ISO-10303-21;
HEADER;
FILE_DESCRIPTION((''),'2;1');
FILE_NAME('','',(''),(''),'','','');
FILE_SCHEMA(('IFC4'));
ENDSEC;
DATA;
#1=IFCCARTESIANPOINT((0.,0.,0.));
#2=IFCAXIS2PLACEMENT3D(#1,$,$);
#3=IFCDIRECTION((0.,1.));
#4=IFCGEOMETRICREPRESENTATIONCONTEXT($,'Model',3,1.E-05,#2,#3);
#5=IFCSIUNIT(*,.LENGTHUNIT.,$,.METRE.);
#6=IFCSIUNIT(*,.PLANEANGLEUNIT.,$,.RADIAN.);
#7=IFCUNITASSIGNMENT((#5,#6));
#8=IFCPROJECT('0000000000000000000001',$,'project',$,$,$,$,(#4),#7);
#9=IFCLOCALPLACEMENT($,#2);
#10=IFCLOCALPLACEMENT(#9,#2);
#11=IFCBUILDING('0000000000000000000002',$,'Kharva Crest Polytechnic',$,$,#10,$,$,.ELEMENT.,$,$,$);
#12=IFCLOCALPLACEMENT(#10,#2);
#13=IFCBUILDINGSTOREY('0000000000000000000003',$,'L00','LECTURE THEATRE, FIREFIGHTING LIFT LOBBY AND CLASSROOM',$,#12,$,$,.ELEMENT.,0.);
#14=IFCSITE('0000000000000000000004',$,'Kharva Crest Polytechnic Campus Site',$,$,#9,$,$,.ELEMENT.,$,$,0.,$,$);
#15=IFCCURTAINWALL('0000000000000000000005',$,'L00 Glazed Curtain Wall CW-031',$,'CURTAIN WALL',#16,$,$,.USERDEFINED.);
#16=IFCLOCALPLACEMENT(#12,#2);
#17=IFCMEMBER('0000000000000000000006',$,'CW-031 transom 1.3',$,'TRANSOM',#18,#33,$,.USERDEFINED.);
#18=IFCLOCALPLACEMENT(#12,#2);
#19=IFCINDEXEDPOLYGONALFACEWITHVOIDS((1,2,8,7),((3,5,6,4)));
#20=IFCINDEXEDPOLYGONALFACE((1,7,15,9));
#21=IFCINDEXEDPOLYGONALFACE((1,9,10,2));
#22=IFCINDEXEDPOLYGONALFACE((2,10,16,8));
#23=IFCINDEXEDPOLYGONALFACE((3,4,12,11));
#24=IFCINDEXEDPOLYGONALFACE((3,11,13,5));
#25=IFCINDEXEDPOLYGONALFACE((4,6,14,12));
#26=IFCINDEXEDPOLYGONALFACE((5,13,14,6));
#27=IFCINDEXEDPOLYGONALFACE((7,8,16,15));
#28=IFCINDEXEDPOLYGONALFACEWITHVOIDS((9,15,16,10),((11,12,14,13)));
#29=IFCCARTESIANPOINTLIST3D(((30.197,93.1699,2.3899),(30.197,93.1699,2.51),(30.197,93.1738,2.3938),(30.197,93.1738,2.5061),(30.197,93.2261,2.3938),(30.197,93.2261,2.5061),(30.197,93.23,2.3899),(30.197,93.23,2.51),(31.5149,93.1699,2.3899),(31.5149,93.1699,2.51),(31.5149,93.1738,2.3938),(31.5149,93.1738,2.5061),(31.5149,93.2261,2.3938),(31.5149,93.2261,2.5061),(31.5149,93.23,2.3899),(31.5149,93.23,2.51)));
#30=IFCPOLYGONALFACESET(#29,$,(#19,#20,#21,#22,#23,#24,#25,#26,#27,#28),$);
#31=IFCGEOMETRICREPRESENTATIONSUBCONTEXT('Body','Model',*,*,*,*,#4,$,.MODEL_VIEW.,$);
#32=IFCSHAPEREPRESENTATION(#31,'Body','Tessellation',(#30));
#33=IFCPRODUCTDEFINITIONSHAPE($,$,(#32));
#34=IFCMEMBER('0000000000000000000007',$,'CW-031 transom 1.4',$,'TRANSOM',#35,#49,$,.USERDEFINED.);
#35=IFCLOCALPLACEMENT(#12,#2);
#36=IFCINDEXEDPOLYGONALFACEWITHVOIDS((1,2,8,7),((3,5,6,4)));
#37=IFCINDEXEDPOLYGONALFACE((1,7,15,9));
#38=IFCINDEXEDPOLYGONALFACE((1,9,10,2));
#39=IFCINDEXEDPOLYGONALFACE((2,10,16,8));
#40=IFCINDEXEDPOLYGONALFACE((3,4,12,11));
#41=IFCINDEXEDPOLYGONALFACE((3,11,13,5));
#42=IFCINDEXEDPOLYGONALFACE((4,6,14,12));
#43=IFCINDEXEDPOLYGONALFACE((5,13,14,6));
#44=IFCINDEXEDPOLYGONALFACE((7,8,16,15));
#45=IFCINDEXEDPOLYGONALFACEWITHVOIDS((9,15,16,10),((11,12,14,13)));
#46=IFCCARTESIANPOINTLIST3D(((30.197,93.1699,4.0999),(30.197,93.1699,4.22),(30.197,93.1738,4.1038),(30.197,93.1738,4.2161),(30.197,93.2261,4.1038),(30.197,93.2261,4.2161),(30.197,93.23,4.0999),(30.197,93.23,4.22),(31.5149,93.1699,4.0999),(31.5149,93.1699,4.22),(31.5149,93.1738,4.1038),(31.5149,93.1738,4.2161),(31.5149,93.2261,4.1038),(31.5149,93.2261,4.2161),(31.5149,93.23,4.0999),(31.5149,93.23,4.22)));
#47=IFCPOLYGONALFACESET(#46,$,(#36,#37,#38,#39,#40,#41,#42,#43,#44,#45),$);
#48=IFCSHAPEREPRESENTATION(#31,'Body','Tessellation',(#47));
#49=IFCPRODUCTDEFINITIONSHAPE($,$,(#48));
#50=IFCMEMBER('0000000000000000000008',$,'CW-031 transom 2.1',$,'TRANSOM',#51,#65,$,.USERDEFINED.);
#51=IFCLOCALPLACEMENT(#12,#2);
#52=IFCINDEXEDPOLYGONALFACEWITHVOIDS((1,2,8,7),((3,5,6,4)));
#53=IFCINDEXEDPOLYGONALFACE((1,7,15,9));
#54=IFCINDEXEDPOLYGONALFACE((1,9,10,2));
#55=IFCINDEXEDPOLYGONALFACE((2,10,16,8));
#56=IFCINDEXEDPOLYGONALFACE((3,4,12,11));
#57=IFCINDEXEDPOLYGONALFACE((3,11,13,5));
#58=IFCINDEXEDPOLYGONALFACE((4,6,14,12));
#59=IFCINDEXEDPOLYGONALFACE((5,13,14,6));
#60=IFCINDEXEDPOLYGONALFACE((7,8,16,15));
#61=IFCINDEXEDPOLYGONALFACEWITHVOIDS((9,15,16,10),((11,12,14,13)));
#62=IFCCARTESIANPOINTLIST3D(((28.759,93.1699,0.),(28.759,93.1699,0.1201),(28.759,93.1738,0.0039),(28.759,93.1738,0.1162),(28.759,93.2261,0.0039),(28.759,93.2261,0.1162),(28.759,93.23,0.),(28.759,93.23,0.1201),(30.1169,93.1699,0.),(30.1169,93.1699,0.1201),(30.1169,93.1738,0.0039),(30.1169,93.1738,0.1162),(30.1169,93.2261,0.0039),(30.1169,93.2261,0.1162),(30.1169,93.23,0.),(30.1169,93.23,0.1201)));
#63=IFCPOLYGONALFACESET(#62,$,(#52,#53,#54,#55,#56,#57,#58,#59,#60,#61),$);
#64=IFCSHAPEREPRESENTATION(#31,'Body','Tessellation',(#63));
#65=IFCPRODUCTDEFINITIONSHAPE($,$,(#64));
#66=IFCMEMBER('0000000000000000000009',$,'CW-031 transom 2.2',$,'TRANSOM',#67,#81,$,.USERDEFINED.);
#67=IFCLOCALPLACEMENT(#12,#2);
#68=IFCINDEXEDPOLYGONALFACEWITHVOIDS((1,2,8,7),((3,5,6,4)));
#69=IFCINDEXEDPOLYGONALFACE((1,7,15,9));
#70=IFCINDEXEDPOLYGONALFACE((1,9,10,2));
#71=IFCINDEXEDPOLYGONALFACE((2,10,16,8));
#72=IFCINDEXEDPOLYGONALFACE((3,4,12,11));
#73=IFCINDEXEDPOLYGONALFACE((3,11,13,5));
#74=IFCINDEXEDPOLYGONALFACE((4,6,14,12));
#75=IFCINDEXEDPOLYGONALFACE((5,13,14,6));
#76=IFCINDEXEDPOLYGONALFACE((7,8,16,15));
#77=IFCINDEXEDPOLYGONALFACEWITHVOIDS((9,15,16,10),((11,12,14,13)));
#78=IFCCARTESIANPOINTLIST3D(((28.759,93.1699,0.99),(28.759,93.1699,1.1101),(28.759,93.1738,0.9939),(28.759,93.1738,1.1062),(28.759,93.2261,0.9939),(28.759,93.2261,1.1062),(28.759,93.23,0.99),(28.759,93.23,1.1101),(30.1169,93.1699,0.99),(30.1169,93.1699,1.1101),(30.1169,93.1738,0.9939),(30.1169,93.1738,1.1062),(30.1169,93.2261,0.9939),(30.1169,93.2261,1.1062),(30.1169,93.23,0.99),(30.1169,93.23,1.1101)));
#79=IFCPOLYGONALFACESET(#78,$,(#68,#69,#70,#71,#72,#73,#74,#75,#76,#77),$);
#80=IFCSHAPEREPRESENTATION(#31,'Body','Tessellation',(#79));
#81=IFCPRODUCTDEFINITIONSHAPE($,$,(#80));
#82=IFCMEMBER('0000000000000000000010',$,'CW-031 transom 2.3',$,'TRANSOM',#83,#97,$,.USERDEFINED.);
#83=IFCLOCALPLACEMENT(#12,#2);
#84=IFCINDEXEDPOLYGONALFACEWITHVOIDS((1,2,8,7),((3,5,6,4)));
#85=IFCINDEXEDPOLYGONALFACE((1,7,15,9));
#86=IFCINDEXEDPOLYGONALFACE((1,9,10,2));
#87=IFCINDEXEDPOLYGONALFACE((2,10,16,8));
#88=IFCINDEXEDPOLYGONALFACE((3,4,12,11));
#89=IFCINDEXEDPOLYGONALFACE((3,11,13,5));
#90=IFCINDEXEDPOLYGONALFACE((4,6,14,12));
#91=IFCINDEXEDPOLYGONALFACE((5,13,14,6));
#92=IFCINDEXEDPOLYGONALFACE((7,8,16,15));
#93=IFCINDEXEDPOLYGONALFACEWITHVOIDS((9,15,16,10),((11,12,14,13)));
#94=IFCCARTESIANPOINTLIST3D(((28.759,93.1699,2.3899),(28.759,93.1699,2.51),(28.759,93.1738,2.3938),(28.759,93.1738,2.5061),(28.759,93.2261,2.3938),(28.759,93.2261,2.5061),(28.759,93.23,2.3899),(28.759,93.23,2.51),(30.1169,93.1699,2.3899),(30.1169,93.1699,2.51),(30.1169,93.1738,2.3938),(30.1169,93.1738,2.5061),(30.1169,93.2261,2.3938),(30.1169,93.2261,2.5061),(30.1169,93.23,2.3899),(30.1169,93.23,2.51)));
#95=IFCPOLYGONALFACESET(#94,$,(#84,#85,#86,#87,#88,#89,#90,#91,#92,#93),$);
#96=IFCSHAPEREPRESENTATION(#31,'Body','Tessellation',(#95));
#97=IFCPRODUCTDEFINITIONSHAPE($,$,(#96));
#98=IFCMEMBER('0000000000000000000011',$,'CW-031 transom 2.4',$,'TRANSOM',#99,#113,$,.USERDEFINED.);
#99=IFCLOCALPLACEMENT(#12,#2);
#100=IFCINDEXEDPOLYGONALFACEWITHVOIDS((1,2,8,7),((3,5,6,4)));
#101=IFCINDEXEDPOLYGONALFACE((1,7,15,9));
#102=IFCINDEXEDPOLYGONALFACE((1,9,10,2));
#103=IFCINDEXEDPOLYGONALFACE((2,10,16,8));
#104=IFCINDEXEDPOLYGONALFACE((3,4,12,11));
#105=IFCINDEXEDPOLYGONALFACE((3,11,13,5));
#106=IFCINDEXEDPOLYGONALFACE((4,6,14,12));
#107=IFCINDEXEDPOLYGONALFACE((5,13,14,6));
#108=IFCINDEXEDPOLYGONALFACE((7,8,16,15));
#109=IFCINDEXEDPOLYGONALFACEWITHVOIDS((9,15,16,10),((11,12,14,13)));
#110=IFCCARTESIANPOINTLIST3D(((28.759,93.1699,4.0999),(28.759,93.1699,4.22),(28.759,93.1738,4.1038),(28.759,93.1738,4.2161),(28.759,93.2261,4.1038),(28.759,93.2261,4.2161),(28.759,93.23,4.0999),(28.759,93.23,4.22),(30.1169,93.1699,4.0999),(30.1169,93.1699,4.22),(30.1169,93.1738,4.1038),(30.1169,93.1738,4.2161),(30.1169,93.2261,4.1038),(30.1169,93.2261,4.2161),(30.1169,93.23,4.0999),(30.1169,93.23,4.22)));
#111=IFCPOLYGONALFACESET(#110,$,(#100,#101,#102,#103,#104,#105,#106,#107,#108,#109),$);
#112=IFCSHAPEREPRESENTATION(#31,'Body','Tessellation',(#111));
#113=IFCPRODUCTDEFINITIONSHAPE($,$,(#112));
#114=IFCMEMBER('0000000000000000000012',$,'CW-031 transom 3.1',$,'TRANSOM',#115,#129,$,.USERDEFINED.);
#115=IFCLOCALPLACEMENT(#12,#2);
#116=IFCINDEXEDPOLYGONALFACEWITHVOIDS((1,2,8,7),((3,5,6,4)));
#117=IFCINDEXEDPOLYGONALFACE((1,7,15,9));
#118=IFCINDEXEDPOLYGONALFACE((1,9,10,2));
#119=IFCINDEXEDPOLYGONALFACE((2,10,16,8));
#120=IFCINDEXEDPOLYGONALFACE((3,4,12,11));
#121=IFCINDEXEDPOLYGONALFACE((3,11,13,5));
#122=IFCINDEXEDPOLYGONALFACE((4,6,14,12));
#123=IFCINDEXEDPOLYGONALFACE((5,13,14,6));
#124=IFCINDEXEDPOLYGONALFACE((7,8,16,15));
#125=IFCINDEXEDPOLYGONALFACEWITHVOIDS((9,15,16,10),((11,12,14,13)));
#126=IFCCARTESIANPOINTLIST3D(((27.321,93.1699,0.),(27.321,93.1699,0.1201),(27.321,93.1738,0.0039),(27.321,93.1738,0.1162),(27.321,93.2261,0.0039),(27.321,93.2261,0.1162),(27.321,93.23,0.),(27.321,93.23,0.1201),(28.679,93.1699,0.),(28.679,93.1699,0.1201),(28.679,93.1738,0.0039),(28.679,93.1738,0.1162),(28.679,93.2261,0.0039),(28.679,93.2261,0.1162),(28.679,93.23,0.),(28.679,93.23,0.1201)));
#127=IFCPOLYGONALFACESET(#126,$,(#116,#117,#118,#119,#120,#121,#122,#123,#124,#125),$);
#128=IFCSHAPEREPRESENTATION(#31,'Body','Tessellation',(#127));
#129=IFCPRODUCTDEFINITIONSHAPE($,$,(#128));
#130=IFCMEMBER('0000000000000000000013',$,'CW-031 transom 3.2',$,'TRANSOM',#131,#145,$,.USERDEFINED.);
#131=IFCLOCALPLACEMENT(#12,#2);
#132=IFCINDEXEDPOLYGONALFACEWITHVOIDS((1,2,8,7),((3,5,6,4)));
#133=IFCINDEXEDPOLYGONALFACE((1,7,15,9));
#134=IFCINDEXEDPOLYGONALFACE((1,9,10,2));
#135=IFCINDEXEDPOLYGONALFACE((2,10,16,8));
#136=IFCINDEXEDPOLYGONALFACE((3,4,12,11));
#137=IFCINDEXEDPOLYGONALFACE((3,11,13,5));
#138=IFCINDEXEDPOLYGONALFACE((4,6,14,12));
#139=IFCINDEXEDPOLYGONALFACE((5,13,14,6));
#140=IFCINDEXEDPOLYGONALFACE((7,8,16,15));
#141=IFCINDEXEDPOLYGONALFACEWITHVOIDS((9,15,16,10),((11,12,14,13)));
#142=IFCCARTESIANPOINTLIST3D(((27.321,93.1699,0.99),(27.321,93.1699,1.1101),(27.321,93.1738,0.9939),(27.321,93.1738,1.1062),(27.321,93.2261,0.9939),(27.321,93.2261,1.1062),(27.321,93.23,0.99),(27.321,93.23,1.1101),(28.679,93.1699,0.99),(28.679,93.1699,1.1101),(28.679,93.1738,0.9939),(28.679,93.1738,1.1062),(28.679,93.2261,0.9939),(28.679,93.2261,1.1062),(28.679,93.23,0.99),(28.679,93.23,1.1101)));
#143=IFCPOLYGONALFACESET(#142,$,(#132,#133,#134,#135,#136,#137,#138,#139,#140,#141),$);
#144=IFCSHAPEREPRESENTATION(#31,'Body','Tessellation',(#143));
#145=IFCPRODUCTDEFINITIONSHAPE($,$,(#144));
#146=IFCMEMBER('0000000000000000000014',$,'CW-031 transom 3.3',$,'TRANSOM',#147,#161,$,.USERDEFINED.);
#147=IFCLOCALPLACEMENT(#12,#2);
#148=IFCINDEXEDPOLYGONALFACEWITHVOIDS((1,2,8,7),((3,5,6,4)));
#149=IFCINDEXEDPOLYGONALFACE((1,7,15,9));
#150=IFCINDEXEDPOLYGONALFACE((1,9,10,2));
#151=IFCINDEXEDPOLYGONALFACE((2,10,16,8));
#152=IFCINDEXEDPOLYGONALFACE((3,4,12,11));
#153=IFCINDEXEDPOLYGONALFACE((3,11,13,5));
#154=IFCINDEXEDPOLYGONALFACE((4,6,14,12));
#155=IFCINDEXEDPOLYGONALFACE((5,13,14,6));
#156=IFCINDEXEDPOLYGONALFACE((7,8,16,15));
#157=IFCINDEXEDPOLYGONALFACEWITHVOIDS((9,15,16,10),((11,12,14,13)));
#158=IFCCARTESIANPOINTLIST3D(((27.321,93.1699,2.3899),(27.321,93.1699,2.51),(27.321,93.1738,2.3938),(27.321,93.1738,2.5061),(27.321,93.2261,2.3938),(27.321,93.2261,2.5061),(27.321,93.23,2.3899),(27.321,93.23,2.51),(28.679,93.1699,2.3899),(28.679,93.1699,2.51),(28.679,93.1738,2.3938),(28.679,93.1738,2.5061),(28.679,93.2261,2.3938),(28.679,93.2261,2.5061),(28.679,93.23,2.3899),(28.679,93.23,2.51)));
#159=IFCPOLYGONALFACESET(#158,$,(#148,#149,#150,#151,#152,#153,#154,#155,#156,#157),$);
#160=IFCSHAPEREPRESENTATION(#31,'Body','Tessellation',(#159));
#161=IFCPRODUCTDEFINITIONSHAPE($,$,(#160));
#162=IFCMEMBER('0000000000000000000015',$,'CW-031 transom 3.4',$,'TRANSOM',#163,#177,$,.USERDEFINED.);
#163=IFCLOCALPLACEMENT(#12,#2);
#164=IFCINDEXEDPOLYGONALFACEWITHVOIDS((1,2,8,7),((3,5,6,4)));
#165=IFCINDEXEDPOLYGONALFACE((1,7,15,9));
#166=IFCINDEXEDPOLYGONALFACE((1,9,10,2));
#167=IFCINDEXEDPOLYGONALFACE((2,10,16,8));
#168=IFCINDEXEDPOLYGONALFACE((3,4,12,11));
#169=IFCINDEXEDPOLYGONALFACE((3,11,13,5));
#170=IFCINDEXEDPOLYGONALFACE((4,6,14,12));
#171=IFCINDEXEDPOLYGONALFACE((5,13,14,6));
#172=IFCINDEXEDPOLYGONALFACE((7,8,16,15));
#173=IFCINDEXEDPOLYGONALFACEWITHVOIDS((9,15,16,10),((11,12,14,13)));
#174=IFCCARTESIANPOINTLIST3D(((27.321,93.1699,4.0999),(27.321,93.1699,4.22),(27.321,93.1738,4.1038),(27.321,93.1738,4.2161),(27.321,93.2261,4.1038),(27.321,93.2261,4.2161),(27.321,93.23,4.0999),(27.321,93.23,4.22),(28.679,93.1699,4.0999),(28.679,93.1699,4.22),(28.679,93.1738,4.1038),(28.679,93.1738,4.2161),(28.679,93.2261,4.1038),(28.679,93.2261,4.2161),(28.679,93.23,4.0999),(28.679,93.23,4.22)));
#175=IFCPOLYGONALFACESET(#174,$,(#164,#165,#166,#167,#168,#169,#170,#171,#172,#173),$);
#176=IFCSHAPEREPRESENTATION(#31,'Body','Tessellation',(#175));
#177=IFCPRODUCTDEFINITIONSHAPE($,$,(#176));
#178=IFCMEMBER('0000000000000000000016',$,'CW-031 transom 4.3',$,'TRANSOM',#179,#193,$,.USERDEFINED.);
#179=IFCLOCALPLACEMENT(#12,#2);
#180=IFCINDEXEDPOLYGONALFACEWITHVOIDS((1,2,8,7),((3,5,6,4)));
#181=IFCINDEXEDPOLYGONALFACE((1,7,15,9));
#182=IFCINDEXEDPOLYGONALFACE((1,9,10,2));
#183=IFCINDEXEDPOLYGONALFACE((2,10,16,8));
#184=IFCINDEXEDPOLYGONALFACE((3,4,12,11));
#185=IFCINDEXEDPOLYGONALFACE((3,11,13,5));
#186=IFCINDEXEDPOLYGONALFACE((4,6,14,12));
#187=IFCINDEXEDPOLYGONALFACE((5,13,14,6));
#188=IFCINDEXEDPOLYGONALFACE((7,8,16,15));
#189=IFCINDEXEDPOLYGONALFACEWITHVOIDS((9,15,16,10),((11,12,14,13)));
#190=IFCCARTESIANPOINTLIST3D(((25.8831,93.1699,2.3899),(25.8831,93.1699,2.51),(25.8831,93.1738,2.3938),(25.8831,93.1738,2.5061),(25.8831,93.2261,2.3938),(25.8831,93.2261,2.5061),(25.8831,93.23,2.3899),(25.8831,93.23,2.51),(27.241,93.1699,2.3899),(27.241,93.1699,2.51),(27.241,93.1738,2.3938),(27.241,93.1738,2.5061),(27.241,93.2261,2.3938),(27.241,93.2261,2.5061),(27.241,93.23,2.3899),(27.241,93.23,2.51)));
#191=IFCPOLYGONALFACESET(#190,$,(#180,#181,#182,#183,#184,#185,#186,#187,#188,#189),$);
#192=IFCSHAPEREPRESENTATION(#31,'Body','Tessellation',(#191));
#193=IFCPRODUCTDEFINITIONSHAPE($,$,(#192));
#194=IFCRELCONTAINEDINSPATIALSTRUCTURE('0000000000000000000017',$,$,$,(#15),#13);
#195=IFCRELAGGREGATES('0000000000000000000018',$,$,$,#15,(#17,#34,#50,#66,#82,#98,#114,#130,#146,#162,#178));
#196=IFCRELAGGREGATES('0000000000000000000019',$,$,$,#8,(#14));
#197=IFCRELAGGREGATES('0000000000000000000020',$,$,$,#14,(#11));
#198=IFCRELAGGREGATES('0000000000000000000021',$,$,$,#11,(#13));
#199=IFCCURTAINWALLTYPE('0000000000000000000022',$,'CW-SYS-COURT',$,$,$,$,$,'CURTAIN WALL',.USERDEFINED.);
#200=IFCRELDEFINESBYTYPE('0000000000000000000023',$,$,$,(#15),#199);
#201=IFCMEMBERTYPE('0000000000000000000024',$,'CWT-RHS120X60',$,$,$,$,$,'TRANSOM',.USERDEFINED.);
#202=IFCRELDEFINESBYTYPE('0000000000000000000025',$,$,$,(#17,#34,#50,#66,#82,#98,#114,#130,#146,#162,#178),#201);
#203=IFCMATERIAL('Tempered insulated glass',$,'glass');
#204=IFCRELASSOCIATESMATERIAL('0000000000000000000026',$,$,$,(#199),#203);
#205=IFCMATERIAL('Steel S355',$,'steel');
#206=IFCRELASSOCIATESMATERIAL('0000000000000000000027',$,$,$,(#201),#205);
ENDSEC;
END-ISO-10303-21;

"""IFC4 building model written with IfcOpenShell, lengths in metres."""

from ifc_helpers import new_model, si_unit, direction, frame, origin, origin_2d, place, context, subcontext, project, spatial, hollow_rectangle, extrude, material, material_profile, profile_set, type_object, element, aggregate, save


model = new_model("IFC4")

# Units and contexts
model_context = context("Model", 3, precision=1e-05, world=origin(), true_north=direction((0.0, 1.0)))
body_context = subcontext(model_context, "Body", "Model", "MODEL_VIEW")
ifc_project = project(units=[si_unit("LENGTHUNIT", "METRE"), si_unit("PLANEANGLEUNIT", "RADIAN")], contexts=[model_context])

# Site, building, storey
site_placement = place(None, origin())
site = spatial("IfcSite", under=ifc_project, at=site_placement, Name="Kharva Crest Polytechnic Campus Site", CompositionType="ELEMENT", RefElevation=0.0)
building_placement = place(site_placement, origin())
building = spatial("IfcBuilding", under=site, at=building_placement, Name="Kharva Crest Polytechnic", CompositionType="ELEMENT")
storey_placement = place(building_placement, origin())
storey = spatial("IfcBuildingStorey", under=building, at=storey_placement, Name="L00", Description="LECTURE THEATRE, FIREFIGHTING LIFT LOBBY AND CLASSROOM", CompositionType="ELEMENT", Elevation=0.0)

# Curtain wall, members
ifc_material_1 = material(Name="Tempered insulated glass", Category="glass")
curtain_wall_type = type_object("IfcCurtainWallType", Name="CW-SYS-COURT", ElementType="CURTAIN WALL", PredefinedType="USERDEFINED", material=ifc_material_1)
curtain_wall_placement = place(storey_placement, origin())
curtain_wall = element("IfcCurtainWall", 1, at=curtain_wall_placement, inside=storey, type_object=curtain_wall_type, Name="L00 Glazed Curtain Wall CW-031", ObjectType="CURTAIN WALL", PredefinedType="USERDEFINED")
ifc_material_2 = material(Name="Steel S355", Category="steel")
ifc_material_profile_1 = material_profile(ifc_material_2, hollow_rectangle(XDim=0.0601, YDim=0.1201, WallThickness=0.0039, at=origin_2d()), Name="RHS 120X60X4.0")
ifc_profile_set_1 = profile_set([ifc_material_profile_1], Name="Steel S355")
member_type_1 = type_object("IfcMemberType", Name="CWT-RHS120X60", ElementType="TRANSOM", PredefinedType="USERDEFINED", material=ifc_profile_set_1)
member_1_placement = place(storey_placement, frame((31.5149, 93.2, 2.45), z_axis=(-1.0, 0.0, 0.0), x_axis=(0.0, -1.0, 0.0)))
member_1 = element("IfcMember", 2, at=member_1_placement, type_object=member_type_1, Name="CW-031 transom 1.3", ObjectType="TRANSOM", PredefinedType="USERDEFINED", context=body_context, shape_type="SweptSolid", body=[
    extrude(hollow_rectangle(XDim=0.0601, YDim=0.1201, WallThickness=0.0039, at=origin_2d()), origin(), (0.0, 0.0, 1.0), 1.3179),
])
member_2_placement = place(storey_placement, frame((31.5149, 93.2, 4.1599), z_axis=(-1.0, 0.0, 0.0), x_axis=(0.0, -1.0, 0.0)))
member_2 = element("IfcMember", 3, at=member_2_placement, type_object=member_type_1, Name="CW-031 transom 1.4", ObjectType="TRANSOM", PredefinedType="USERDEFINED", context=body_context, shape_type="SweptSolid", body=[
    extrude(hollow_rectangle(XDim=0.0601, YDim=0.1201, WallThickness=0.0039, at=origin_2d()), origin(), (0.0, 0.0, 1.0), 1.3179),
])
member_3_placement = place(storey_placement, frame((30.1169, 93.2, 0.0601), z_axis=(-1.0, 0.0, 0.0), x_axis=(0.0, -1.0, 0.0)))
member_3 = element("IfcMember", 4, at=member_3_placement, type_object=member_type_1, Name="CW-031 transom 2.1", ObjectType="TRANSOM", PredefinedType="USERDEFINED", context=body_context, shape_type="SweptSolid", body=[
    extrude(hollow_rectangle(XDim=0.0601, YDim=0.1201, WallThickness=0.0039, at=origin_2d()), origin(), (0.0, 0.0, 1.0), 1.3579),
])
member_4_placement = place(storey_placement, frame((30.1169, 93.2, 1.05), z_axis=(-1.0, 0.0, 0.0), x_axis=(0.0, -1.0, 0.0)))
member_4 = element("IfcMember", 5, at=member_4_placement, type_object=member_type_1, Name="CW-031 transom 2.2", ObjectType="TRANSOM", PredefinedType="USERDEFINED", context=body_context, shape_type="SweptSolid", body=[
    extrude(hollow_rectangle(XDim=0.0601, YDim=0.1201, WallThickness=0.0039, at=origin_2d()), origin(), (0.0, 0.0, 1.0), 1.3579),
])
member_5_placement = place(storey_placement, frame((30.1169, 93.2, 2.45), z_axis=(-1.0, 0.0, 0.0), x_axis=(0.0, -1.0, 0.0)))
member_5 = element("IfcMember", 6, at=member_5_placement, type_object=member_type_1, Name="CW-031 transom 2.3", ObjectType="TRANSOM", PredefinedType="USERDEFINED", context=body_context, shape_type="SweptSolid", body=[
    extrude(hollow_rectangle(XDim=0.0601, YDim=0.1201, WallThickness=0.0039, at=origin_2d()), origin(), (0.0, 0.0, 1.0), 1.3579),
])
member_6_placement = place(storey_placement, frame((30.1169, 93.2, 4.1599), z_axis=(-1.0, 0.0, 0.0), x_axis=(0.0, -1.0, 0.0)))
member_6 = element("IfcMember", 7, at=member_6_placement, type_object=member_type_1, Name="CW-031 transom 2.4", ObjectType="TRANSOM", PredefinedType="USERDEFINED", context=body_context, shape_type="SweptSolid", body=[
    extrude(hollow_rectangle(XDim=0.0601, YDim=0.1201, WallThickness=0.0039, at=origin_2d()), origin(), (0.0, 0.0, 1.0), 1.3579),
])
member_7_placement = place(storey_placement, frame((28.679, 93.2, 0.0601), z_axis=(-1.0, 0.0, 0.0), x_axis=(0.0, -1.0, 0.0)))
member_7 = element("IfcMember", 8, at=member_7_placement, type_object=member_type_1, Name="CW-031 transom 3.1", ObjectType="TRANSOM", PredefinedType="USERDEFINED", context=body_context, shape_type="SweptSolid", body=[
    extrude(hollow_rectangle(XDim=0.0601, YDim=0.1201, WallThickness=0.0039, at=origin_2d()), origin(), (0.0, 0.0, 1.0), 1.3579),
])
member_8_placement = place(storey_placement, frame((28.679, 93.2, 1.05), z_axis=(-1.0, 0.0, 0.0), x_axis=(0.0, -1.0, 0.0)))
member_8 = element("IfcMember", 9, at=member_8_placement, type_object=member_type_1, Name="CW-031 transom 3.2", ObjectType="TRANSOM", PredefinedType="USERDEFINED", context=body_context, shape_type="SweptSolid", body=[
    extrude(hollow_rectangle(XDim=0.0601, YDim=0.1201, WallThickness=0.0039, at=origin_2d()), origin(), (0.0, 0.0, 1.0), 1.3579),
])
member_9_placement = place(storey_placement, frame((28.679, 93.2, 2.45), z_axis=(-1.0, 0.0, 0.0), x_axis=(0.0, -1.0, 0.0)))
member_9 = element("IfcMember", 10, at=member_9_placement, type_object=member_type_1, Name="CW-031 transom 3.3", ObjectType="TRANSOM", PredefinedType="USERDEFINED", context=body_context, shape_type="SweptSolid", body=[
    extrude(hollow_rectangle(XDim=0.0601, YDim=0.1201, WallThickness=0.0039, at=origin_2d()), origin(), (0.0, 0.0, 1.0), 1.3579),
])
member_10_placement = place(storey_placement, frame((28.679, 93.2, 4.1599), z_axis=(-1.0, 0.0, 0.0), x_axis=(0.0, -1.0, 0.0)))
member_10 = element("IfcMember", 11, at=member_10_placement, type_object=member_type_1, Name="CW-031 transom 3.4", ObjectType="TRANSOM", PredefinedType="USERDEFINED", context=body_context, shape_type="SweptSolid", body=[
    extrude(hollow_rectangle(XDim=0.0601, YDim=0.1201, WallThickness=0.0039, at=origin_2d()), origin(), (0.0, 0.0, 1.0), 1.3579),
])
member_11_placement = place(storey_placement, frame((27.241, 93.2, 2.45), z_axis=(-1.0, 0.0, 0.0), x_axis=(0.0, -1.0, 0.0)))
member_11 = element("IfcMember", 12, at=member_11_placement, type_object=member_type_1, Name="CW-031 transom 4.3", ObjectType="TRANSOM", PredefinedType="USERDEFINED", context=body_context, shape_type="SweptSolid", body=[
    extrude(hollow_rectangle(XDim=0.0601, YDim=0.1201, WallThickness=0.0039, at=origin_2d()), origin(), (0.0, 0.0, 1.0), 1.3579),
])
aggregate(curtain_wall, [member_1, member_2, member_3, member_4, member_5, member_6, member_7, member_8, member_9, member_10, member_11])

save(model, "model.ifc")
